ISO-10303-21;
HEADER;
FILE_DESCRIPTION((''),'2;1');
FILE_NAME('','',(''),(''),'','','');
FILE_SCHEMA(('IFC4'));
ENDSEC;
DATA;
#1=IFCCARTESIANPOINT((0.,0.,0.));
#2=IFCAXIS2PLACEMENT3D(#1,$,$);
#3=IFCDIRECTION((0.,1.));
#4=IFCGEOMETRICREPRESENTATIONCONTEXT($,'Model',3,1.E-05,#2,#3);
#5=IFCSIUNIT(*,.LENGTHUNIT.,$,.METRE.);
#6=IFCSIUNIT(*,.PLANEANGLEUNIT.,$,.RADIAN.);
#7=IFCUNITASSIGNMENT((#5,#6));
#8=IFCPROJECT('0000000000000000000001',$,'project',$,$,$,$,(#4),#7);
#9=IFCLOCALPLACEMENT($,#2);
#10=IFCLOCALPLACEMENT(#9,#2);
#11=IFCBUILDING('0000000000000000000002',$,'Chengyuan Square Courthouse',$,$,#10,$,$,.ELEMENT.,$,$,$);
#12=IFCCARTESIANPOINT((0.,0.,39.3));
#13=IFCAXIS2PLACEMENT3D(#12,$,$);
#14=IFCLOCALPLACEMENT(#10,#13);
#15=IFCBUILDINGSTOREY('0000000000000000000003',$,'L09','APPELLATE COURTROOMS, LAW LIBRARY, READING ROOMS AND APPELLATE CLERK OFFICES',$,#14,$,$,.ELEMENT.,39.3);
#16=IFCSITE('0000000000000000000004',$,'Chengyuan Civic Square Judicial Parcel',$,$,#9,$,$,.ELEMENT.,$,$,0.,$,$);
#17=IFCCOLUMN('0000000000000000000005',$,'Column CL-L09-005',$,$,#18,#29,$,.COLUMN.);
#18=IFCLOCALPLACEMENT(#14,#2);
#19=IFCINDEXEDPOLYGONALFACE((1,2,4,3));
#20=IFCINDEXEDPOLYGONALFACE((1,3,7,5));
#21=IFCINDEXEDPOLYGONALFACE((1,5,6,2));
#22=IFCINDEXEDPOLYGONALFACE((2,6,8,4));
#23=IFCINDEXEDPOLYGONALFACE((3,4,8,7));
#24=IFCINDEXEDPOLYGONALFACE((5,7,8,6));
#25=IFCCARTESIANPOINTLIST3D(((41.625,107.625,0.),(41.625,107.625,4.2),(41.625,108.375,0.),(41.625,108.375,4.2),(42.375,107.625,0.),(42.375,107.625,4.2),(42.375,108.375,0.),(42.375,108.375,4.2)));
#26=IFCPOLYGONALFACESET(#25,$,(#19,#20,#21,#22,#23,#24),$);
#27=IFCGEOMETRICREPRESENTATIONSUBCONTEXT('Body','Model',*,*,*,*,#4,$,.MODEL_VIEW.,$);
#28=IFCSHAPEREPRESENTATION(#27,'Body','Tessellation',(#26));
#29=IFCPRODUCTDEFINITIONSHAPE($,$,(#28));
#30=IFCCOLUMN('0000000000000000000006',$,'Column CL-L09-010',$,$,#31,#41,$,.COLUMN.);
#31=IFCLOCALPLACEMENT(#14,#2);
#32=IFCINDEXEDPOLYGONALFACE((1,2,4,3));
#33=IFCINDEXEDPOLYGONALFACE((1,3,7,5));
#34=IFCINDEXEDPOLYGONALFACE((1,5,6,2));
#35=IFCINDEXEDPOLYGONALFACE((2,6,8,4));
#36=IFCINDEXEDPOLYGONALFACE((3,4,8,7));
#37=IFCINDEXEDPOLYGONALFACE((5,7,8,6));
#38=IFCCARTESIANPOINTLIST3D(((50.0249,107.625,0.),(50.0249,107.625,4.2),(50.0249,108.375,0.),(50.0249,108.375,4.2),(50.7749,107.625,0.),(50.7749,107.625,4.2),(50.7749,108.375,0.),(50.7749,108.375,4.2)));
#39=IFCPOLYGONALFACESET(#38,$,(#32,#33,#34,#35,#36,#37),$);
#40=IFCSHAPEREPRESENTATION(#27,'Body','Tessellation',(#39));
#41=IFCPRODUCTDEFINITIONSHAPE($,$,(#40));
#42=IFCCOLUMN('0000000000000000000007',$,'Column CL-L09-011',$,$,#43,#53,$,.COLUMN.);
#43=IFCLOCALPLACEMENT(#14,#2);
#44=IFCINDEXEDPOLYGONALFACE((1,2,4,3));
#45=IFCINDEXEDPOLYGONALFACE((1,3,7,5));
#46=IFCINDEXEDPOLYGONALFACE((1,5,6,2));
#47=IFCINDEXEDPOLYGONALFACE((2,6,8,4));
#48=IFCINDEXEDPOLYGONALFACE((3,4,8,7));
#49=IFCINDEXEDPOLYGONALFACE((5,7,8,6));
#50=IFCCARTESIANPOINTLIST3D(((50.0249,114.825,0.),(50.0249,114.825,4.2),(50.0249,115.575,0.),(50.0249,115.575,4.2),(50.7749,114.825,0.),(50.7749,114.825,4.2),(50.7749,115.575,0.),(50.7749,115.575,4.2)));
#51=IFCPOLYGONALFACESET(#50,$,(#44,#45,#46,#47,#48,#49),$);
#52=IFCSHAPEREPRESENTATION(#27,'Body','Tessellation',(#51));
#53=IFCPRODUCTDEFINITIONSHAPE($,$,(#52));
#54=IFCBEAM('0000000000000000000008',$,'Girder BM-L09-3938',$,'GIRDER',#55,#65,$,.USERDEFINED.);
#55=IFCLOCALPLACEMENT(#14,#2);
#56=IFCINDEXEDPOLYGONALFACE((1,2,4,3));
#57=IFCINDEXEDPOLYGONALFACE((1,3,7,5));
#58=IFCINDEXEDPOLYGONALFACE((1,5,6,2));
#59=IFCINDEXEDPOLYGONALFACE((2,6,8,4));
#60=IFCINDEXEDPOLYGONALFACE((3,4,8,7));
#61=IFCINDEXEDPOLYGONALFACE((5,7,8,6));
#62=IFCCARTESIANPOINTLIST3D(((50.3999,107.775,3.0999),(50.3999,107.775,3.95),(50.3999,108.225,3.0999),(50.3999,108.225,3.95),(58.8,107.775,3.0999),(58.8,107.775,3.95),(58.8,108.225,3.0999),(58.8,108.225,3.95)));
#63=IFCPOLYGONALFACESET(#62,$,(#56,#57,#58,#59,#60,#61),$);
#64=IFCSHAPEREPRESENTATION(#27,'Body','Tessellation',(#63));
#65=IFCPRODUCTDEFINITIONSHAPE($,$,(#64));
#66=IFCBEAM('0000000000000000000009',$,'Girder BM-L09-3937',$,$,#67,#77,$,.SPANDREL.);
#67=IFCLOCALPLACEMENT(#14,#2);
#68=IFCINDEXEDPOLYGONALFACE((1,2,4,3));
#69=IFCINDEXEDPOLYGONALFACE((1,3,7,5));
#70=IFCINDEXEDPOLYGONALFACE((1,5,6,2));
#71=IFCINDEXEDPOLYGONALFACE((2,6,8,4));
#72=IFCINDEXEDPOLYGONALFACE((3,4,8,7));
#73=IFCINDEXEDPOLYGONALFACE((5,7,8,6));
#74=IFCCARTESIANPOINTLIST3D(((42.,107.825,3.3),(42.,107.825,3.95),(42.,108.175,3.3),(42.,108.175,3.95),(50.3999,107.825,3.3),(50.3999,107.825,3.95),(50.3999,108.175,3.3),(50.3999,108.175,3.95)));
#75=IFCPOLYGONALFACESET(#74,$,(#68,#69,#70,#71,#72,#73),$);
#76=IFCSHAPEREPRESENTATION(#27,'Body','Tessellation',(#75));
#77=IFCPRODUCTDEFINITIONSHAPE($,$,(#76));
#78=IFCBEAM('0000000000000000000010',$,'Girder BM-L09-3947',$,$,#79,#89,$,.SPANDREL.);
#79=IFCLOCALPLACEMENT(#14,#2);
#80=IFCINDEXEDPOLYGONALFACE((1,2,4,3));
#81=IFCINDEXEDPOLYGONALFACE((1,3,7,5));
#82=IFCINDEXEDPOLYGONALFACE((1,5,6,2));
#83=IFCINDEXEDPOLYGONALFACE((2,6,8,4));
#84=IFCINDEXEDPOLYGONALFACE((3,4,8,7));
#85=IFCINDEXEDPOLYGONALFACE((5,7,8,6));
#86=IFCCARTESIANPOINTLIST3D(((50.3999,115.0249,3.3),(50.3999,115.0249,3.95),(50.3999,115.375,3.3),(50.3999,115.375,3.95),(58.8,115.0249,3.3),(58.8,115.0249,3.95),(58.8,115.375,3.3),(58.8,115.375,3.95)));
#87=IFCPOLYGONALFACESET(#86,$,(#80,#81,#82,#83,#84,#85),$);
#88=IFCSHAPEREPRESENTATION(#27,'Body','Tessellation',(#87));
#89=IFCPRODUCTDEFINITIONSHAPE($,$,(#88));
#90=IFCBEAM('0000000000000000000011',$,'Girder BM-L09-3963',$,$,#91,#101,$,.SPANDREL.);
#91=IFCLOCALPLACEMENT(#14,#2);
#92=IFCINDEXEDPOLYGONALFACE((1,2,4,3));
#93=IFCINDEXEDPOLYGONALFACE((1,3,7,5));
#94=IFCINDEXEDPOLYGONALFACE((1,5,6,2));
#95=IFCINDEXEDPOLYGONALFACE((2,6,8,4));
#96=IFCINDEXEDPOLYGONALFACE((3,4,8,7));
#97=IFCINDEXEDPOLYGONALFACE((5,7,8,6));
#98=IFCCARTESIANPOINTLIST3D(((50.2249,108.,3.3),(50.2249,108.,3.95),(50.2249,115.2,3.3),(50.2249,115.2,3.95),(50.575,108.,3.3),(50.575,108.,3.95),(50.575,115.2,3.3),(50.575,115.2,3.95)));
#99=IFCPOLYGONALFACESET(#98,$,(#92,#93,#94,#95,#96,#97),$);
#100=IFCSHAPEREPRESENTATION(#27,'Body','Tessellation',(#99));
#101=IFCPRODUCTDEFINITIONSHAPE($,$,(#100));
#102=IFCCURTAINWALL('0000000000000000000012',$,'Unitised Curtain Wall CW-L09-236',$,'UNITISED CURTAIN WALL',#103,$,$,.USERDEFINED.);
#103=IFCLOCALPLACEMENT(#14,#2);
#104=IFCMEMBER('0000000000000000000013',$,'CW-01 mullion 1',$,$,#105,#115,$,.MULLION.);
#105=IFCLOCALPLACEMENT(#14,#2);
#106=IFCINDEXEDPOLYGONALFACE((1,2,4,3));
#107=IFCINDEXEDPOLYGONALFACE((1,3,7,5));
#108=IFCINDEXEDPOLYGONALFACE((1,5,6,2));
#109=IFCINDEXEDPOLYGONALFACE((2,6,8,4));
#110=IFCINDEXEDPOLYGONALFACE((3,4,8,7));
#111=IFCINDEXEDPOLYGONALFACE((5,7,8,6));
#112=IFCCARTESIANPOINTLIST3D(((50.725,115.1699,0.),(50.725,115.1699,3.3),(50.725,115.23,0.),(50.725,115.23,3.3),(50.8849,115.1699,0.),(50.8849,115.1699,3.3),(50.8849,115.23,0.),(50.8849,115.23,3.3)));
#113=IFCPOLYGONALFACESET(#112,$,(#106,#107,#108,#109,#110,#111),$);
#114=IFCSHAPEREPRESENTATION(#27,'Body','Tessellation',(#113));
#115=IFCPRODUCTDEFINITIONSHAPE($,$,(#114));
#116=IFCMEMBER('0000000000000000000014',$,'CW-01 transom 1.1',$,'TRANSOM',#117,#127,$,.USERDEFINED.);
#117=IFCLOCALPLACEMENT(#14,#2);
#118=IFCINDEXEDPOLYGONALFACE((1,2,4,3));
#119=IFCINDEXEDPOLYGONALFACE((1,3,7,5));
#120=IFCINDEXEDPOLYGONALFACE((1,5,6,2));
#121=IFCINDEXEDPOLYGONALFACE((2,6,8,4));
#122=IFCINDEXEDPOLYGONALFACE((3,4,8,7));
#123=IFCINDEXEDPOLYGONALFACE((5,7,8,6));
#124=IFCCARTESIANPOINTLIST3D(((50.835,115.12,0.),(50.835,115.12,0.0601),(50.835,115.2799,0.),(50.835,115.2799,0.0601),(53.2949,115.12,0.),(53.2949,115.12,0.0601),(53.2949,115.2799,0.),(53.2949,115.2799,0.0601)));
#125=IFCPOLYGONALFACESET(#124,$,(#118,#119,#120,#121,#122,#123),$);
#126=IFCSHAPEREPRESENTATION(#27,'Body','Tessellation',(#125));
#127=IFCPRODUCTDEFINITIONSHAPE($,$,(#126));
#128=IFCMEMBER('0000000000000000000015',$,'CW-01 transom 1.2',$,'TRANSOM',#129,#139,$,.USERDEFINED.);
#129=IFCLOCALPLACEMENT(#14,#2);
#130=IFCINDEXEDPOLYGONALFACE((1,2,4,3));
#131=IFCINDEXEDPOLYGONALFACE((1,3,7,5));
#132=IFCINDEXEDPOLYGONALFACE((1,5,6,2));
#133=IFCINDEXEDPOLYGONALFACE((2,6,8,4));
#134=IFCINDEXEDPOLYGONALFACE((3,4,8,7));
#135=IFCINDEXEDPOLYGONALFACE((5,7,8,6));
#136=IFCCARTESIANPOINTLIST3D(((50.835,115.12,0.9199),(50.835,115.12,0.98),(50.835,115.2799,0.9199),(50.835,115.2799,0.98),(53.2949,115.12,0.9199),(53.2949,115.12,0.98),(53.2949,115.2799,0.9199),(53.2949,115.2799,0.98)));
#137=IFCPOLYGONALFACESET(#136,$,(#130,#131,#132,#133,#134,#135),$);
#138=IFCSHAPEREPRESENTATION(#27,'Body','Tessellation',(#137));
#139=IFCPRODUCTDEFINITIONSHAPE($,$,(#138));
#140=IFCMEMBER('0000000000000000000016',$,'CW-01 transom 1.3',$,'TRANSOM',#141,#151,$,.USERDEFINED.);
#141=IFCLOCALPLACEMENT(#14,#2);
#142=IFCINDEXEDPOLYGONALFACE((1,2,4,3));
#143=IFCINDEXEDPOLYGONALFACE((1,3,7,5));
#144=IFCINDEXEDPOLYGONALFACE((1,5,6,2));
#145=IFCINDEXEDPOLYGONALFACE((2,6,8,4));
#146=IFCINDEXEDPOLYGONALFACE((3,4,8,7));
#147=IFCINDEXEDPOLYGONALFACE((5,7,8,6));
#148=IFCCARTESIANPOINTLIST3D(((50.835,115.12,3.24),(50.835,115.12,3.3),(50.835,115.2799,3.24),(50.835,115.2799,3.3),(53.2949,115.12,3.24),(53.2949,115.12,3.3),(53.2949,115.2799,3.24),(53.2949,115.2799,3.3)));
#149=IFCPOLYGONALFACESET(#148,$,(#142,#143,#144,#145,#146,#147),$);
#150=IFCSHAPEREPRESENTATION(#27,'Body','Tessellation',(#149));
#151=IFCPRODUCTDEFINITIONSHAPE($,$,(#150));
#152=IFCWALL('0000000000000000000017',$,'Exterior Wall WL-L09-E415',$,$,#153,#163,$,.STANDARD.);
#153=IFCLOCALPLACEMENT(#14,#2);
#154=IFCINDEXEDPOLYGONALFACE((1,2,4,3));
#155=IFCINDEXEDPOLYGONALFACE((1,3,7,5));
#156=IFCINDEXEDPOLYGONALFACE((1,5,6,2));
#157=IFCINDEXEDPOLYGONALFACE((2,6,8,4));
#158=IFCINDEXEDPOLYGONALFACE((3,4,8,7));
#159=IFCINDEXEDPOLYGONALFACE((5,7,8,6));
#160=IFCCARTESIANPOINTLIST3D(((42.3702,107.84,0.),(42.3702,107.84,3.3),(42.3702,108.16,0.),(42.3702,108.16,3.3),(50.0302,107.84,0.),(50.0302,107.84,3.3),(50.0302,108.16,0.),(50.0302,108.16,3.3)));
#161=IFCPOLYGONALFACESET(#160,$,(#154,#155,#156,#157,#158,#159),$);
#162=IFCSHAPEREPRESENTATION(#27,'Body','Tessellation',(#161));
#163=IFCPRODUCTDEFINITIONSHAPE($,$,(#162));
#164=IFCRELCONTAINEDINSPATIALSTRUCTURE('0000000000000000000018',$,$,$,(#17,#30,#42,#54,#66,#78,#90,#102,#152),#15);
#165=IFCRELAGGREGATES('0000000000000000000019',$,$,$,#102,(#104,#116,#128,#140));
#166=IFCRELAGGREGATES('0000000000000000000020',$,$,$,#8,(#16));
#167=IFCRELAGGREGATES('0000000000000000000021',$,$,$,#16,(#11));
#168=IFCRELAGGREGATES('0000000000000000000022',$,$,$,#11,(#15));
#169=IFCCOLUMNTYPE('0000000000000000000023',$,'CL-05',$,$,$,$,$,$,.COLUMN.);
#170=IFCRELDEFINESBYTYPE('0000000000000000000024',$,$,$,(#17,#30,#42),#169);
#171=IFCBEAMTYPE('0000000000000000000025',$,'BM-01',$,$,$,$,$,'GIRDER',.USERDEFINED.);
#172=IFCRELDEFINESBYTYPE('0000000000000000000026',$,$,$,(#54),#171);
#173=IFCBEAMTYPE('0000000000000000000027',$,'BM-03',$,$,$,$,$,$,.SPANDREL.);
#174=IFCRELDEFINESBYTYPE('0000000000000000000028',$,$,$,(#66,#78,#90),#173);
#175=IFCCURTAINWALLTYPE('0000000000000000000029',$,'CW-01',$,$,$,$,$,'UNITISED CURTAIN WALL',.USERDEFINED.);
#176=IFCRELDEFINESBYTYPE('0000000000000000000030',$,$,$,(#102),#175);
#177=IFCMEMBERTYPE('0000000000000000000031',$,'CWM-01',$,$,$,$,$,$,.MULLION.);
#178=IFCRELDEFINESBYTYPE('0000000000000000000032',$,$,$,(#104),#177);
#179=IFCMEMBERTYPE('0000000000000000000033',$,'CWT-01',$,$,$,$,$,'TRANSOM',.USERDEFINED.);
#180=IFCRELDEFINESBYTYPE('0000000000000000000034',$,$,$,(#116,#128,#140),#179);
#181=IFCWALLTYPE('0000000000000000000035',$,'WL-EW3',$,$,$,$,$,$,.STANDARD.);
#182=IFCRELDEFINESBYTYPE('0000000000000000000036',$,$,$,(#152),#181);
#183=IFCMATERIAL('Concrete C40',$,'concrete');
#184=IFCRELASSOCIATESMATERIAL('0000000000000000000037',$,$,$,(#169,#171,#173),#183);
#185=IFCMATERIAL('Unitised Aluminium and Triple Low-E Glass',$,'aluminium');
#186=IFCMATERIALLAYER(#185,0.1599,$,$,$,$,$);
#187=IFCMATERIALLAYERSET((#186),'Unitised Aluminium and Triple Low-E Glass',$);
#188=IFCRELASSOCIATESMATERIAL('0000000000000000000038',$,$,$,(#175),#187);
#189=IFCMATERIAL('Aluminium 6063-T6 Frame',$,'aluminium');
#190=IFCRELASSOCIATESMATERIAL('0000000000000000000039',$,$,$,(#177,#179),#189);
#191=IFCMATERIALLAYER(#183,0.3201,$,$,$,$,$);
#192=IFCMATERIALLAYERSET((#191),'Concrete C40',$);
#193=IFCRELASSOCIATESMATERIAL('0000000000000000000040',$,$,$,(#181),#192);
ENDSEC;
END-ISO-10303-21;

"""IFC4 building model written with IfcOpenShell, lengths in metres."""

from ifc_helpers import new_model, si_unit, direction, frame, frame_2d, origin, origin_2d, place, context, subcontext, project, spatial, rectangle, extrude, material, layer, layer_set, material_profile, profile_set, type_object, element, aggregate, save


model = new_model("IFC4")

# Units and contexts
model_context = context("Model", 3, precision=1e-05, world=origin(), true_north=direction((0.0, 1.0)))
body_context = subcontext(model_context, "Body", "Model", "MODEL_VIEW")
ifc_project = project(units=[si_unit("LENGTHUNIT", "METRE"), si_unit("PLANEANGLEUNIT", "RADIAN")], contexts=[model_context])

# Site, building, storey
site_placement = place(None, origin())
site = spatial("IfcSite", under=ifc_project, at=site_placement, Name="Chengyuan Civic Square Judicial Parcel", CompositionType="ELEMENT", RefElevation=0.0)
building_placement = place(site_placement, origin())
building = spatial("IfcBuilding", under=site, at=building_placement, Name="Chengyuan Square Courthouse", CompositionType="ELEMENT")
storey_placement = place(building_placement, frame((0.0, 0.0, 39.3)))
storey = spatial("IfcBuildingStorey", under=building, at=storey_placement, Name="L09", Description="APPELLATE COURTROOMS, LAW LIBRARY, READING ROOMS AND APPELLATE CLERK OFFICES", CompositionType="ELEMENT", Elevation=39.3)

# Columns
ifc_material_1 = material(Name="Concrete C40", Category="concrete")
ifc_material_profile_1 = material_profile(ifc_material_1, rectangle(XDim=0.75, YDim=0.75, at=origin_2d()), Name="RC-COL-750x750")
ifc_profile_set_1 = profile_set([ifc_material_profile_1], Name="Concrete C40")
column_type = type_object("IfcColumnType", Name="CL-05", PredefinedType="COLUMN", material=ifc_profile_set_1)
for number, where, z_axis, x_axis, name in (
    (1, (42.0, 108.0, 0.0), (0.0, 0.0, 1.0), (1.0, 0.0, 0.0), "Column CL-L09-005"),
    (2, (50.3999, 108.0, 0.0), (0.0, 0.0, 1.0), (1.0, 0.0, 0.0), "Column CL-L09-010"),
    (3, (50.3999, 115.2, 0.0), (0.0, 0.0, 1.0), (1.0, 0.0, 0.0), "Column CL-L09-011"),
):
    element("IfcColumn", number, at=place(storey_placement, frame(where, z_axis=z_axis, x_axis=x_axis)), inside=storey, type_object=column_type, Name=name, PredefinedType="COLUMN", context=body_context, shape_type="SweptSolid", body=[
        extrude(rectangle(XDim=0.75, YDim=0.75, at=origin_2d()), origin(), (0.0, 0.0, 1.0), 4.2),
    ])

# Beams
ifc_material_profile_2 = material_profile(ifc_material_1, rectangle(XDim=0.45, YDim=0.8501, at=origin_2d()), Name="RC-BM-450x850")
ifc_profile_set_2 = profile_set([ifc_material_profile_2], Name="Concrete C40")
beam_type_1 = type_object("IfcBeamType", Name="BM-01", ElementType="GIRDER", PredefinedType="USERDEFINED", material=ifc_profile_set_2)
beam_1_placement = place(storey_placement, frame((50.3999, 108.0, 3.5249), z_axis=(1.0, 0.0, 0.0), x_axis=(0.0, 1.0, 0.0)))
element("IfcBeam", 4, at=beam_1_placement, inside=storey, type_object=beam_type_1, Name="Girder BM-L09-3938", ObjectType="GIRDER", PredefinedType="USERDEFINED", context=body_context, shape_type="SweptSolid", body=[
    extrude(rectangle(XDim=0.45, YDim=0.8501, at=origin_2d()), origin(), (0.0, 0.0, 1.0), 8.4001),
])
ifc_material_profile_3 = material_profile(ifc_material_1, rectangle(XDim=0.3501, YDim=0.6499, at=origin_2d()), Name="RC-BM-350x650")
ifc_profile_set_3 = profile_set([ifc_material_profile_3], Name="Concrete C40")
beam_type_2 = type_object("IfcBeamType", Name="BM-03", PredefinedType="SPANDREL", material=ifc_profile_set_3)
beam_2_placement = place(storey_placement, frame((42.0, 108.0, 3.625), z_axis=(1.0, 0.0, 0.0), x_axis=(0.0, 1.0, 0.0)))
element("IfcBeam", 5, at=beam_2_placement, inside=storey, type_object=beam_type_2, Name="Girder BM-L09-3937", PredefinedType="SPANDREL", context=body_context, shape_type="SweptSolid", body=[
    extrude(rectangle(XDim=0.3501, YDim=0.6499, at=origin_2d()), origin(), (0.0, 0.0, 1.0), 8.3999),
])
beam_3_placement = place(storey_placement, frame((50.3999, 115.2, 3.625), z_axis=(1.0, 0.0, 0.0), x_axis=(0.0, 1.0, 0.0)))
element("IfcBeam", 6, at=beam_3_placement, inside=storey, type_object=beam_type_2, Name="Girder BM-L09-3947", PredefinedType="SPANDREL", context=body_context, shape_type="SweptSolid", body=[
    extrude(rectangle(XDim=0.3501, YDim=0.6499, at=origin_2d()), origin(), (0.0, 0.0, 1.0), 8.4001),
])
beam_4_placement = place(storey_placement, frame((50.3999, 108.0, 3.625), z_axis=(0.0, 1.0, 0.0), x_axis=(-1.0, 0.0, 0.0)))
element("IfcBeam", 7, at=beam_4_placement, inside=storey, type_object=beam_type_2, Name="Girder BM-L09-3963", PredefinedType="SPANDREL", context=body_context, shape_type="SweptSolid", body=[
    extrude(rectangle(XDim=0.3501, YDim=0.6499, at=origin_2d()), origin(), (0.0, 0.0, 1.0), 7.2),
])

# Curtain wall, members
ifc_material_2 = material(Name="Unitised Aluminium and Triple Low-E Glass", Category="aluminium")
ifc_layer_1 = layer(ifc_material_2, 0.1599)
ifc_layer_set_1 = layer_set([ifc_layer_1], Name="Unitised Aluminium and Triple Low-E Glass")
curtain_wall_type = type_object("IfcCurtainWallType", Name="CW-01", ElementType="UNITISED CURTAIN WALL", PredefinedType="USERDEFINED", material=ifc_layer_set_1)
curtain_wall_placement = place(storey_placement, origin())
curtain_wall = element("IfcCurtainWall", 8, at=curtain_wall_placement, inside=storey, type_object=curtain_wall_type, Name="Unitised Curtain Wall CW-L09-236", ObjectType="UNITISED CURTAIN WALL", PredefinedType="USERDEFINED")
ifc_material_3 = material(Name="Aluminium 6063-T6 Frame", Category="aluminium")
ifc_material_profile_4 = material_profile(ifc_material_3, rectangle(XDim=0.0601, YDim=0.1599, at=origin_2d()), Name="CW-MUL-60x160")
ifc_profile_set_4 = profile_set([ifc_material_profile_4], Name="Aluminium 6063-T6 Frame")
member_type_1 = type_object("IfcMemberType", Name="CWM-01", PredefinedType="MULLION", material=ifc_profile_set_4)
member_1_placement = place(storey_placement, frame((50.8049, 115.2, 0.0), z_axis=(0.0, 0.0, 1.0), x_axis=(0.0, 1.0, 0.0)))
member_1 = element("IfcMember", 9, at=member_1_placement, type_object=member_type_1, Name="CW-01 mullion 1", PredefinedType="MULLION", context=body_context, shape_type="SweptSolid", body=[
    extrude(rectangle(XDim=0.0601, YDim=0.1599, at=origin_2d()), origin(), (0.0, 0.0, 1.0), 3.3),
])
ifc_material_profile_5 = material_profile(ifc_material_3, rectangle(XDim=0.1599, YDim=0.0601, at=origin_2d()), Name="CW-TRN-60x120")
ifc_profile_set_5 = profile_set([ifc_material_profile_5], Name="Aluminium 6063-T6 Frame")
member_type_2 = type_object("IfcMemberType", Name="CWT-01", ElementType="TRANSOM", PredefinedType="USERDEFINED", material=ifc_profile_set_5)
member_2_placement = place(storey_placement, frame((50.835, 115.2, 0.03), z_axis=(1.0, 0.0, 0.0), x_axis=(0.0, 1.0, 0.0)))
member_2 = element("IfcMember", 10, at=member_2_placement, type_object=member_type_2, Name="CW-01 transom 1.1", ObjectType="TRANSOM", PredefinedType="USERDEFINED", context=body_context, shape_type="SweptSolid", body=[
    extrude(rectangle(XDim=0.1599, YDim=0.0601, at=origin_2d()), origin(), (0.0, 0.0, 1.0), 2.46),
])
member_3_placement = place(storey_placement, frame((50.835, 115.2, 0.95), z_axis=(1.0, 0.0, 0.0), x_axis=(0.0, 1.0, 0.0)))
member_3 = element("IfcMember", 11, at=member_3_placement, type_object=member_type_2, Name="CW-01 transom 1.2", ObjectType="TRANSOM", PredefinedType="USERDEFINED", context=body_context, shape_type="SweptSolid", body=[
    extrude(rectangle(XDim=0.1599, YDim=0.0601, at=origin_2d()), origin(), (0.0, 0.0, 1.0), 2.46),
])
member_4_placement = place(storey_placement, frame((50.835, 115.2, 3.27), z_axis=(1.0, 0.0, 0.0), x_axis=(0.0, 1.0, 0.0)))
member_4 = element("IfcMember", 12, at=member_4_placement, type_object=member_type_2, Name="CW-01 transom 1.3", ObjectType="TRANSOM", PredefinedType="USERDEFINED", context=body_context, shape_type="SweptSolid", body=[
    extrude(rectangle(XDim=0.1599, YDim=0.0601, at=origin_2d()), origin(), (0.0, 0.0, 1.0), 2.46),
])
aggregate(curtain_wall, [member_1, member_2, member_3, member_4])

# Wall
ifc_layer_2 = layer(ifc_material_1, 0.3201)
ifc_layer_set_2 = layer_set([ifc_layer_2], Name="Concrete C40")
wall_type_1 = type_object("IfcWallType", Name="WL-EW3", PredefinedType="STANDARD", material=ifc_layer_set_2)
wall_1_placement = place(storey_placement, frame((42.3701, 108.0, 0.0), z_axis=(0.0, 0.0, 1.0), x_axis=(1.0, 0.0, 0.0)))
element("IfcWall", 13, at=wall_1_placement, inside=storey, type_object=wall_type_1, Name="Exterior Wall WL-L09-E415", PredefinedType="STANDARD", context=body_context, shape_type="SweptSolid", body=[
    extrude(rectangle(XDim=7.6599, YDim=0.3201, at=frame_2d((3.8301, 0.0))), origin(), (0.0, 0.0, 1.0), 3.3),
])

save(model, "model.ifc")
